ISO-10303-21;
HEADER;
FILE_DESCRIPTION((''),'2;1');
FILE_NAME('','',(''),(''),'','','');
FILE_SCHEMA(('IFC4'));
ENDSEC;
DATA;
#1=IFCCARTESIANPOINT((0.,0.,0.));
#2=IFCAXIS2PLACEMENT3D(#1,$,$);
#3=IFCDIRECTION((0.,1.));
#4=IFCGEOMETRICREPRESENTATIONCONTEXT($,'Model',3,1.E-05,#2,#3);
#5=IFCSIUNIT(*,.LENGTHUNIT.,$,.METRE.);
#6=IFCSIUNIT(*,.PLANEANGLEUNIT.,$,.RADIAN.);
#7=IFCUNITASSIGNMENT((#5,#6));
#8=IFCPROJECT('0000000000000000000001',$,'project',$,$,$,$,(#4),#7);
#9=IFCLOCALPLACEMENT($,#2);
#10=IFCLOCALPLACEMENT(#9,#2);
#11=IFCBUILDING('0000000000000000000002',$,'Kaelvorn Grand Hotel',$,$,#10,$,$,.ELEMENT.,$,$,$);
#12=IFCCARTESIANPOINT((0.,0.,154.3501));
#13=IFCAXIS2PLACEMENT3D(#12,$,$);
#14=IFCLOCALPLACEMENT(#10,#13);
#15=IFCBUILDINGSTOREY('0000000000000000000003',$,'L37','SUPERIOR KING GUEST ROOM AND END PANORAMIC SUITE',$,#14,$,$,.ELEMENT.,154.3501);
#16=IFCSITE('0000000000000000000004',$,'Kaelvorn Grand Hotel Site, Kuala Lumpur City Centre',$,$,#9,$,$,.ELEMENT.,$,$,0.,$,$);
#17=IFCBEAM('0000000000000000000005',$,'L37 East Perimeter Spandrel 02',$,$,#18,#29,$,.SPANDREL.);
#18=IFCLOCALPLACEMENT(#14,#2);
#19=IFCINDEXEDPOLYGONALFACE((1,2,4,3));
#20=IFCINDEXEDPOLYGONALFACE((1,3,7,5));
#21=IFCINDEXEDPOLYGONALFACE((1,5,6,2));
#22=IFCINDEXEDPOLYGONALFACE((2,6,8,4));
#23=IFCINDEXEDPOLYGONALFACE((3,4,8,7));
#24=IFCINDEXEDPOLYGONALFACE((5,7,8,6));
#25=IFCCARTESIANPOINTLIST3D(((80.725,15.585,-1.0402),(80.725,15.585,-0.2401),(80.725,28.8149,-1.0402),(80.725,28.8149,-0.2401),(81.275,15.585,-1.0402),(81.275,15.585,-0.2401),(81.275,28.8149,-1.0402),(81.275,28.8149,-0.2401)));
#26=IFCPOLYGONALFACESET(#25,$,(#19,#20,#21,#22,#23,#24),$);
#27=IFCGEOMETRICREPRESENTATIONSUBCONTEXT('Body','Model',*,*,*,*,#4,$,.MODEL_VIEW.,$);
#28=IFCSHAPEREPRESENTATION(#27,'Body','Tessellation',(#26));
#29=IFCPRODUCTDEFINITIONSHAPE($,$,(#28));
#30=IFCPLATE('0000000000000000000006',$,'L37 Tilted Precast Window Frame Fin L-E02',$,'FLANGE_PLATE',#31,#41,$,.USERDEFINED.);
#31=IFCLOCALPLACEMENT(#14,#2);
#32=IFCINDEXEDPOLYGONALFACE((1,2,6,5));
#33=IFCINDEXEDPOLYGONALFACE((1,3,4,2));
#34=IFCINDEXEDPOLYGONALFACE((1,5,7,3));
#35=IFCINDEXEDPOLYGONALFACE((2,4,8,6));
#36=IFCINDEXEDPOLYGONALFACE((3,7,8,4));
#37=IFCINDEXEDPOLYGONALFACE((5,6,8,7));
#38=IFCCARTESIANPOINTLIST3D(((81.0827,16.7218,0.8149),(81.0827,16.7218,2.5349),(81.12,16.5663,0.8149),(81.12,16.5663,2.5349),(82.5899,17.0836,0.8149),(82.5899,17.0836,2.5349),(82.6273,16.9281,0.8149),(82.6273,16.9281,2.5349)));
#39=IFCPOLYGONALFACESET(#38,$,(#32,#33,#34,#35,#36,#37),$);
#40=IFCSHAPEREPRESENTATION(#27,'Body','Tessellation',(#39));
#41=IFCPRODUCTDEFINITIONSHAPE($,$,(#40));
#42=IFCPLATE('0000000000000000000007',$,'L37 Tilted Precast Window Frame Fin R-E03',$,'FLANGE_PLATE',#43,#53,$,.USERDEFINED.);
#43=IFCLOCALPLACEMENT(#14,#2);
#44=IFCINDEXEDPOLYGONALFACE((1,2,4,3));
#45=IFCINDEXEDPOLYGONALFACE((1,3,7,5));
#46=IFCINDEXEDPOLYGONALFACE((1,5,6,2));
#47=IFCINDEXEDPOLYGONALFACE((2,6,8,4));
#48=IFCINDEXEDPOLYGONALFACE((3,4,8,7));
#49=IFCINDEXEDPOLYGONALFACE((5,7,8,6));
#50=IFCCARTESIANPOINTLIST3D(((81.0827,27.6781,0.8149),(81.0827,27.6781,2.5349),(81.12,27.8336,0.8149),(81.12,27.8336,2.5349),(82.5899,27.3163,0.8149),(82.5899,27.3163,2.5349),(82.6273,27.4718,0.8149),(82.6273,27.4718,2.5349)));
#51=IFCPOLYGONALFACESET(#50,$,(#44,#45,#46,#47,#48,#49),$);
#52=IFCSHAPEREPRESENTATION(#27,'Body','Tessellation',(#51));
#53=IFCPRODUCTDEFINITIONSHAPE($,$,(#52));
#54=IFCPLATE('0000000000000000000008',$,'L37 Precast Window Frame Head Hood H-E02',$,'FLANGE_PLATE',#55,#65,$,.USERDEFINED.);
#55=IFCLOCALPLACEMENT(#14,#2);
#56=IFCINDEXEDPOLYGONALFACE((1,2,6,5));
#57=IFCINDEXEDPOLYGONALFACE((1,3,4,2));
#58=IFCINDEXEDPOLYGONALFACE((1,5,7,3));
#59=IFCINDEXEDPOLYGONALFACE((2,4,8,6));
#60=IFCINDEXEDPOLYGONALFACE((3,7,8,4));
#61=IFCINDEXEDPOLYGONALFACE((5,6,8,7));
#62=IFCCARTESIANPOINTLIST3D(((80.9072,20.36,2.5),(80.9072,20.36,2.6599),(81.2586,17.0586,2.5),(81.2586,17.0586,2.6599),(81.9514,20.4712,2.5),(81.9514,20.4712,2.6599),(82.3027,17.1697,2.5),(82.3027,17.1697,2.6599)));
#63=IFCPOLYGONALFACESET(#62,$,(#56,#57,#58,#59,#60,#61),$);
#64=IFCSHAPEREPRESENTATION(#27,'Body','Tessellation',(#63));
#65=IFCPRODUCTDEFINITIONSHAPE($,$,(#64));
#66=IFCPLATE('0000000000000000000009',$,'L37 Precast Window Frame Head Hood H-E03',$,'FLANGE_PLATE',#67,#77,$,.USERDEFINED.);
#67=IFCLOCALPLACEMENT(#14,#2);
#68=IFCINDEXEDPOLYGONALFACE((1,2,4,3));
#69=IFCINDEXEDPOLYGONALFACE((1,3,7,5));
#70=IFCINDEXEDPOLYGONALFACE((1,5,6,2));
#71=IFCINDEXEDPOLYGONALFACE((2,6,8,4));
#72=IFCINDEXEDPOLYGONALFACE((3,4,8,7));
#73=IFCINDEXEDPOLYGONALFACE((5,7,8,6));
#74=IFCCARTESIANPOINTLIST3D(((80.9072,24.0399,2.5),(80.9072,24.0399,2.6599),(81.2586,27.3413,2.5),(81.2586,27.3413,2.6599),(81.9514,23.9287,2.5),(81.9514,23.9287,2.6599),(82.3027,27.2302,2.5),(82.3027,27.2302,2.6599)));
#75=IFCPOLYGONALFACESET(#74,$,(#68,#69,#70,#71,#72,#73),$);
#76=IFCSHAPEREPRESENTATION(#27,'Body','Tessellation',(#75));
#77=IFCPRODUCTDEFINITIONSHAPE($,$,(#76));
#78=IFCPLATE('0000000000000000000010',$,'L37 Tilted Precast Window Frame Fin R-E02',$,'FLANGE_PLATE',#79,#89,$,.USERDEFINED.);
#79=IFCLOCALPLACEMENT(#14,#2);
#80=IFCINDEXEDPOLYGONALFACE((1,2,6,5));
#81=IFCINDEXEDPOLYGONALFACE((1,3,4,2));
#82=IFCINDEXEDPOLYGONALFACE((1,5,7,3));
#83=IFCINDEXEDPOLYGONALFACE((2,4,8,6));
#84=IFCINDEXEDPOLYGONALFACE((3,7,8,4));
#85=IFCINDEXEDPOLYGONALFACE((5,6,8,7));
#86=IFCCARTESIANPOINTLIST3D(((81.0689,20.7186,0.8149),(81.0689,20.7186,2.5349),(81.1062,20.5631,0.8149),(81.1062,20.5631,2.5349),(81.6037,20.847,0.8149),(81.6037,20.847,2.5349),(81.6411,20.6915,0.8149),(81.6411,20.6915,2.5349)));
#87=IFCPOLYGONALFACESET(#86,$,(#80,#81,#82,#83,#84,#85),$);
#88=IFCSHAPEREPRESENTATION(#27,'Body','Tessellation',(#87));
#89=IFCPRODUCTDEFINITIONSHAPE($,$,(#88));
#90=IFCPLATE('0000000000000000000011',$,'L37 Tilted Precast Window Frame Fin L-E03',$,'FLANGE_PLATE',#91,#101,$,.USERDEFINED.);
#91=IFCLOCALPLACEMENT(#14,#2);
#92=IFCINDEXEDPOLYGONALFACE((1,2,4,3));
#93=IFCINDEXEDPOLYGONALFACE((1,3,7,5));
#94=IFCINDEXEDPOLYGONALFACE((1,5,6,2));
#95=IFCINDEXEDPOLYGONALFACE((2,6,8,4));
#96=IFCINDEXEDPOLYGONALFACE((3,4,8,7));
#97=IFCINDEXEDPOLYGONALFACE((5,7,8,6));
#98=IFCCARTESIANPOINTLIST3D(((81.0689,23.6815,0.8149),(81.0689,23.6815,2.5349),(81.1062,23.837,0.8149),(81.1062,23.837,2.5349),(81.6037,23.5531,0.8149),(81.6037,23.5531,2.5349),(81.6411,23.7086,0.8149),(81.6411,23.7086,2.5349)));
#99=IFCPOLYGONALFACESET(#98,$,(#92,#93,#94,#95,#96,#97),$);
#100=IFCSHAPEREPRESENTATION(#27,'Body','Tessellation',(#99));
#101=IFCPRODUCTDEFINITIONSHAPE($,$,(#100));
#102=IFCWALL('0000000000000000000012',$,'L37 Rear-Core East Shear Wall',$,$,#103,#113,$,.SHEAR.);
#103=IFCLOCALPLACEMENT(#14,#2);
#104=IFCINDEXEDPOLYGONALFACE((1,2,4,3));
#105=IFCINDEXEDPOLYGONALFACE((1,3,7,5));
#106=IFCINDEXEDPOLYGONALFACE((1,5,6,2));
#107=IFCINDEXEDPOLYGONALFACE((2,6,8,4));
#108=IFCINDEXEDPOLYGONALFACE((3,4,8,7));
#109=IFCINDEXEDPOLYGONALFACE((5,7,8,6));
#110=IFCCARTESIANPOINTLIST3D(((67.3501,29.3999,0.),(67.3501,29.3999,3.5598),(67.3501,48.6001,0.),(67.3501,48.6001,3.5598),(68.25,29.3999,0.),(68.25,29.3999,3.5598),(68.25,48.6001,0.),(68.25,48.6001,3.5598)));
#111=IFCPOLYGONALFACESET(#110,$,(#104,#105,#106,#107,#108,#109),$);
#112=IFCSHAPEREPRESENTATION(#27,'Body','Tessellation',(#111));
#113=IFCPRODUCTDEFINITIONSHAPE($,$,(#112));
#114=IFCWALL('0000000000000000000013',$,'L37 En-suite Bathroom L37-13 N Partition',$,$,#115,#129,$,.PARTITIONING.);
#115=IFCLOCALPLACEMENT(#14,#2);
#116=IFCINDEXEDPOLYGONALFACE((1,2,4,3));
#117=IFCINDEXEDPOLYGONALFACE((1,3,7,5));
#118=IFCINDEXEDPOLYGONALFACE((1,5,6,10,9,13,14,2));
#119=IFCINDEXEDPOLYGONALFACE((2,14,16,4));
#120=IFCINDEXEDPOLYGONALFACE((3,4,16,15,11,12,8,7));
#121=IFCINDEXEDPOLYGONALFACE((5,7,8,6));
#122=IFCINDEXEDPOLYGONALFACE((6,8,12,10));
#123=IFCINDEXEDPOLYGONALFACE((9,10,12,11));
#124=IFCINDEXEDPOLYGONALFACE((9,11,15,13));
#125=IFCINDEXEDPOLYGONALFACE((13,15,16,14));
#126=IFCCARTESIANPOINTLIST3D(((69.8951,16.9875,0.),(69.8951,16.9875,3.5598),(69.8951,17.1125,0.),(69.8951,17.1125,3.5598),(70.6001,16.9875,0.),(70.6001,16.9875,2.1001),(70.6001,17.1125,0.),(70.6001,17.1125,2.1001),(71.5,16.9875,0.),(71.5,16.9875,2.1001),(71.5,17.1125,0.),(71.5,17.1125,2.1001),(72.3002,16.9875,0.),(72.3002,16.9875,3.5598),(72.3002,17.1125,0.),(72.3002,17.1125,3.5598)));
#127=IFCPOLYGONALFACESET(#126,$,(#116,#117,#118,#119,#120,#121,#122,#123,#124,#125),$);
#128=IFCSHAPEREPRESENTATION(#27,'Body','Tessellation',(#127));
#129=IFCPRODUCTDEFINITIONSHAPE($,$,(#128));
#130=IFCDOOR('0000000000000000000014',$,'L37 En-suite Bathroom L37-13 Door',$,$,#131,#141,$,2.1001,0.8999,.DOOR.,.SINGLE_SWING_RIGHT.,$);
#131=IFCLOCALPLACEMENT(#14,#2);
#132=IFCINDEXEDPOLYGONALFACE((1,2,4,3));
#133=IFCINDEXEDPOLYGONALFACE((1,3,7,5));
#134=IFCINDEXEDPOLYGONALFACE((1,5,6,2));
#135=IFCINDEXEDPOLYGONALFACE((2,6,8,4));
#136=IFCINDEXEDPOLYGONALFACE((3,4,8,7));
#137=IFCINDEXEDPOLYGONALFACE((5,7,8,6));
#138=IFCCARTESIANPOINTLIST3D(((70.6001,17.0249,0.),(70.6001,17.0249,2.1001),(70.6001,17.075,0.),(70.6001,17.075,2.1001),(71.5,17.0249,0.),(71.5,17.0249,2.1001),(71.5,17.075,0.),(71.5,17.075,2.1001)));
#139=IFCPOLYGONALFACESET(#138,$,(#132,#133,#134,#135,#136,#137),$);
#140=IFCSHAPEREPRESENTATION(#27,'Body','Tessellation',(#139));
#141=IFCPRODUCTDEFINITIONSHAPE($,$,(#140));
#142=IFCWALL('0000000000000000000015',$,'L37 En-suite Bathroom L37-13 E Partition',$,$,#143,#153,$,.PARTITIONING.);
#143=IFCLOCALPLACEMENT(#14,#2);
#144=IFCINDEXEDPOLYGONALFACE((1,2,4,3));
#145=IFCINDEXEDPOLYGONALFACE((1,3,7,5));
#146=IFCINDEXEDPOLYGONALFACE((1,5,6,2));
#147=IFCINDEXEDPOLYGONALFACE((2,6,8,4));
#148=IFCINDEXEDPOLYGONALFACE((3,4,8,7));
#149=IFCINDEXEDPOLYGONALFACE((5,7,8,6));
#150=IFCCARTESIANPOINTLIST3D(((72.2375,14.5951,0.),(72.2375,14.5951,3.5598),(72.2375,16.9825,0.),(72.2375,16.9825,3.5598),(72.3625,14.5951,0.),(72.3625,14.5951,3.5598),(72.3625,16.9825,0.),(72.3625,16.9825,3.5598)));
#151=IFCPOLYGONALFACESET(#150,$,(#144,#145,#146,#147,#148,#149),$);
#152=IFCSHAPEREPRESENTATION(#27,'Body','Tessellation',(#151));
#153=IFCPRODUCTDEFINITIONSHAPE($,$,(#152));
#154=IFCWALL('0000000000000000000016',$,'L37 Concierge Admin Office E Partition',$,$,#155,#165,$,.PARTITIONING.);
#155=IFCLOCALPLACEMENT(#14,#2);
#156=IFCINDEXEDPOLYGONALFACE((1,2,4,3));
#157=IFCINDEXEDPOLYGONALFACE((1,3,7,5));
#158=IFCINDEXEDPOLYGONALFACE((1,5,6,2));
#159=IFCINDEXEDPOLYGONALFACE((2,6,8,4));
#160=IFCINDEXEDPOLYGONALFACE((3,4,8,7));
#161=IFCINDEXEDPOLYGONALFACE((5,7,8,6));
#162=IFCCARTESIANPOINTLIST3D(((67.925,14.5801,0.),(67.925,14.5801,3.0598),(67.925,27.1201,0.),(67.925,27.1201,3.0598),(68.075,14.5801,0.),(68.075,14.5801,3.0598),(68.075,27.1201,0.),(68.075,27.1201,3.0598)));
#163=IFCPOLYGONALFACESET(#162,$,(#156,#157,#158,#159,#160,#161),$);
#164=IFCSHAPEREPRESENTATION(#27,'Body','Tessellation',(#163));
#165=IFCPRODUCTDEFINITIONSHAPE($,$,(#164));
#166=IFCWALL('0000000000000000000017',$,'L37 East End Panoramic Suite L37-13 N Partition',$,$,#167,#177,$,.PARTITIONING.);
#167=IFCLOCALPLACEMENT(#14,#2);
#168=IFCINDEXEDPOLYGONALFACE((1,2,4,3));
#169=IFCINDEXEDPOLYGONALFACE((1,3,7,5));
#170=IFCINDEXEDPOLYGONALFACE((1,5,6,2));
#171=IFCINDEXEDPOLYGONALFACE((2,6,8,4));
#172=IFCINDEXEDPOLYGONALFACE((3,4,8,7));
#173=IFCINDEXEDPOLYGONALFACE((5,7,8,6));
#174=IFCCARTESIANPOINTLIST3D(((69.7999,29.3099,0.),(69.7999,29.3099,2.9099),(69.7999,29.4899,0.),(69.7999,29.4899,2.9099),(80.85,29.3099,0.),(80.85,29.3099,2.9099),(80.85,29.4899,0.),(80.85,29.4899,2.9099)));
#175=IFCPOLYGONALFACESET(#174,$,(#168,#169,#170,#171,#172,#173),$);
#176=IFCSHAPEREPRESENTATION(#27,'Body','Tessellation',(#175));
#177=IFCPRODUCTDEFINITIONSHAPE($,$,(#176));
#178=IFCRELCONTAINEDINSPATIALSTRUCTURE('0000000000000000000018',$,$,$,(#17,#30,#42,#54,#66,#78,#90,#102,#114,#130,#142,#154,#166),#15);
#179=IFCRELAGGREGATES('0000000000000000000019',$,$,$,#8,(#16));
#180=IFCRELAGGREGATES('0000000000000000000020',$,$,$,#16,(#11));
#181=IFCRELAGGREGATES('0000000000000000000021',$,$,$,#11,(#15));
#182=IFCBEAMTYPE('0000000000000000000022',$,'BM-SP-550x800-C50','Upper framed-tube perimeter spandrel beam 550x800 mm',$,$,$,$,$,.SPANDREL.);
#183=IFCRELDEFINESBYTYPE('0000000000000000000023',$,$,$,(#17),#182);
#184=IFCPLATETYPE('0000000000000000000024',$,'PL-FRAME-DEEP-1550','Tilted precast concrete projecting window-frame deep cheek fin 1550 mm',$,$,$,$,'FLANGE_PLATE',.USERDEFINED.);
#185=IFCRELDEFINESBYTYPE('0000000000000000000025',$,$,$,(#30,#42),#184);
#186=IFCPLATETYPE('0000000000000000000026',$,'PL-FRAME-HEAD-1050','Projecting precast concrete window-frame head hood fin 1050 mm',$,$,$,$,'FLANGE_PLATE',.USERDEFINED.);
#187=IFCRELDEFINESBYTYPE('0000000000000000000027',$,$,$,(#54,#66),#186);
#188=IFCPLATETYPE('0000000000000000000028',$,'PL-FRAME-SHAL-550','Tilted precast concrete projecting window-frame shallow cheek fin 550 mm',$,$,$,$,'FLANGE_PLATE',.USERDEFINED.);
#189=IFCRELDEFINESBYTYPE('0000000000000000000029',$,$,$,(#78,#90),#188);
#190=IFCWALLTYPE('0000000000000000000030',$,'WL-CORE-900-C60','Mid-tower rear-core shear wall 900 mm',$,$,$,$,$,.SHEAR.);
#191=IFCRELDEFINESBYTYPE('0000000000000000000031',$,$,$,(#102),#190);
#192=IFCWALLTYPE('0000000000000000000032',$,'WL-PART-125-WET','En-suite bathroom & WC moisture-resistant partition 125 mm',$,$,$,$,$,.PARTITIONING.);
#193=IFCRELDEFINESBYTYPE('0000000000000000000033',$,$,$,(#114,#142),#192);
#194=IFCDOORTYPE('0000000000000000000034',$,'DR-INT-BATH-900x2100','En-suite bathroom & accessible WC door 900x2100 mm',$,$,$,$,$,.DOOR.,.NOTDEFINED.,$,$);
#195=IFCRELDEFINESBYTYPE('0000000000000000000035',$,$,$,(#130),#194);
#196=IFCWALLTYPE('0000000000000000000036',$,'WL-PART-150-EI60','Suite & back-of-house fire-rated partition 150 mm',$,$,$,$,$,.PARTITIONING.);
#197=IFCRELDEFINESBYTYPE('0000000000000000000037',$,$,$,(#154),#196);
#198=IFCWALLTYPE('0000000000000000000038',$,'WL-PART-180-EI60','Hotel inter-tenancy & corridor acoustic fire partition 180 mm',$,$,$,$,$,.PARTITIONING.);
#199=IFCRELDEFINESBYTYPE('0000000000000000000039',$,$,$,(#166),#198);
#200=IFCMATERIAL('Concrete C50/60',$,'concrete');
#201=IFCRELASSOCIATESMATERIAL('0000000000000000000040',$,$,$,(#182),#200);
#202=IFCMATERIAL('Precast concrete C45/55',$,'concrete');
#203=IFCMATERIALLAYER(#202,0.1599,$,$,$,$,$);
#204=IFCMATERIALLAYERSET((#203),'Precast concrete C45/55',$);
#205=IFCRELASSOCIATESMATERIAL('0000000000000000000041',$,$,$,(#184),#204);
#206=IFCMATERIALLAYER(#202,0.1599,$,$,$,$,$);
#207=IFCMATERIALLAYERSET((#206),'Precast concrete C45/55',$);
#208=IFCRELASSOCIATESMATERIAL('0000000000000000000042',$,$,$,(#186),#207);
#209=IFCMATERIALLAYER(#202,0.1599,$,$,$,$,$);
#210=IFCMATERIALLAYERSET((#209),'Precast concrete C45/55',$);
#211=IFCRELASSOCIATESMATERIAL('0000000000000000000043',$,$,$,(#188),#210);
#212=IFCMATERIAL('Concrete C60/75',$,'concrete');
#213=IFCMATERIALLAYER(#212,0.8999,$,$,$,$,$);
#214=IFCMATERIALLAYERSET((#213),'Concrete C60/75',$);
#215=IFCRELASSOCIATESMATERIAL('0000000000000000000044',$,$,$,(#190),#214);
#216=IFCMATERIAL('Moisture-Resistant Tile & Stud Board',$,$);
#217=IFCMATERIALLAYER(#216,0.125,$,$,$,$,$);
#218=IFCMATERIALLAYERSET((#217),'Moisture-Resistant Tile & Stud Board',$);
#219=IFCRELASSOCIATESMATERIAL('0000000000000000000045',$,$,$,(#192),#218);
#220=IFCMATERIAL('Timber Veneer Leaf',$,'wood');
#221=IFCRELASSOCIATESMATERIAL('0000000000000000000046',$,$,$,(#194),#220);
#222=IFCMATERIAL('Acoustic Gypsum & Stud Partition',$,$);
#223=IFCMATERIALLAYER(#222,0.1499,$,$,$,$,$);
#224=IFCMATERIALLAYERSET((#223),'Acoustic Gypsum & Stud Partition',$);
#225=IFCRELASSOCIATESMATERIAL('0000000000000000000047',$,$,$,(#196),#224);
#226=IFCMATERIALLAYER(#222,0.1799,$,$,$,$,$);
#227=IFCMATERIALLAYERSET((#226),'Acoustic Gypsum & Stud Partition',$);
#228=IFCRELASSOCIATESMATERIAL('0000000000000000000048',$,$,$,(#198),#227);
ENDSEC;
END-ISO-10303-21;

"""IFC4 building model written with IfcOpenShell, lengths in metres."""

from ifc_helpers import new_model, si_unit, direction, frame, frame_2d, origin, origin_2d, place, context, subcontext, project, spatial, rectangle, extrude, material, layer, layer_set, material_profile, profile_set, type_object, element, fill, save


model = new_model("IFC4")

# Units and contexts
model_context = context("Model", 3, precision=1e-05, world=origin(), true_north=direction((0.0, 1.0)))
body_context = subcontext(model_context, "Body", "Model", "MODEL_VIEW")
ifc_project = project(units=[si_unit("LENGTHUNIT", "METRE"), si_unit("PLANEANGLEUNIT", "RADIAN")], contexts=[model_context])

# Site, building, storey
site_placement = place(None, origin())
site = spatial("IfcSite", under=ifc_project, at=site_placement, Name="Kaelvorn Grand Hotel Site, Kuala Lumpur City Centre", CompositionType="ELEMENT", RefElevation=0.0)
building_placement = place(site_placement, origin())
building = spatial("IfcBuilding", under=site, at=building_placement, Name="Kaelvorn Grand Hotel", CompositionType="ELEMENT")
storey_placement = place(building_placement, frame((0.0, 0.0, 154.3501)))
storey = spatial("IfcBuildingStorey", under=building, at=storey_placement, Name="L37", Description="SUPERIOR KING GUEST ROOM AND END PANORAMIC SUITE", CompositionType="ELEMENT", Elevation=154.3501)

# Shared definitions
ifc_material_1 = material(Name="Concrete C60/75", Category="concrete")

# Beam
ifc_material_2 = material(Name="Concrete C50/60", Category="concrete")
ifc_material_profile_1 = material_profile(ifc_material_2, rectangle(XDim=0.55, YDim=0.8, at=origin_2d()), Name="RC SPANDREL 550x800")
ifc_profile_set_1 = profile_set([ifc_material_profile_1], Name="Concrete C50/60")
beam_type_1 = type_object("IfcBeamType", Name="BM-SP-550x800-C50", Description="Upper framed-tube perimeter spandrel beam 550x800 mm", PredefinedType="SPANDREL", material=ifc_profile_set_1)
beam_1_placement = place(storey_placement, frame((81.0, 15.585, -0.6401), z_axis=(0.0, 1.0, 0.0), x_axis=(-1.0, 0.0, 0.0)))
element("IfcBeam", 1, at=beam_1_placement, inside=storey, type_object=beam_type_1, Name="L37 East Perimeter Spandrel 02", PredefinedType="SPANDREL", context=body_context, shape_type="SweptSolid", body=[
    extrude(rectangle(XDim=0.55, YDim=0.8, at=origin_2d()), origin(), (0.0, 0.0, 1.0), 13.23),
])

# Plates
ifc_material_3 = material(Name="Precast concrete C45/55", Category="concrete")
ifc_layer_1 = layer(ifc_material_3, 0.1599)
ifc_layer_set_1 = layer_set([ifc_layer_1], Name="Precast concrete C45/55")
plate_type_1 = type_object("IfcPlateType", Name="PL-FRAME-DEEP-1550", Description="Tilted precast concrete projecting window-frame deep cheek fin 1550 mm", ElementType="FLANGE_PLATE", PredefinedType="USERDEFINED", material=ifc_layer_set_1)
for number, where, z_axis, x_axis, name in (
    (2, (81.855, 16.825, 0.8149), (0.0, 0.0, 1.0), (-0.233445, 0.97237, 0.0), "L37 Tilted Precast Window Frame Fin L-E02"),
    (3, (81.855, 27.575, 0.8149), (0.0, 0.0, 1.0), (0.233445, 0.97237, 0.0), "L37 Tilted Precast Window Frame Fin R-E03"),
):
    element("IfcPlate", number, at=place(storey_placement, frame(where, z_axis=z_axis, x_axis=x_axis)), inside=storey, type_object=plate_type_1, Name=name, ObjectType="FLANGE_PLATE", PredefinedType="USERDEFINED", context=body_context, shape_type="SweptSolid", body=[
        extrude(rectangle(XDim=0.1599, YDim=1.55, at=origin_2d()), origin(), (0.0, 0.0, 1.0), 1.72),
    ])
ifc_layer_2 = layer(ifc_material_3, 0.1599)
ifc_layer_set_2 = layer_set([ifc_layer_2], Name="Precast concrete C45/55")
plate_type_2 = type_object("IfcPlateType", Name="PL-FRAME-HEAD-1050", Description="Projecting precast concrete window-frame head hood fin 1050 mm", ElementType="FLANGE_PLATE", PredefinedType="USERDEFINED", material=ifc_layer_set_2)
for number, where, z_axis, x_axis, name in (
    (4, (81.605, 18.7649, 2.5), (0.0, 0.0, 1.0), (-0.10583, 0.994384, 0.0), "L37 Precast Window Frame Head Hood H-E02"),
    (5, (81.605, 25.635, 2.5), (0.0, 0.0, 1.0), (0.10583, 0.994384, 0.0), "L37 Precast Window Frame Head Hood H-E03"),
):
    element("IfcPlate", number, at=place(storey_placement, frame(where, z_axis=z_axis, x_axis=x_axis)), inside=storey, type_object=plate_type_2, Name=name, ObjectType="FLANGE_PLATE", PredefinedType="USERDEFINED", context=body_context, shape_type="SweptSolid", body=[
        extrude(rectangle(XDim=3.3201, YDim=1.05, at=origin_2d()), origin(), (0.0, 0.0, 1.0), 0.1599),
    ])
ifc_layer_3 = layer(ifc_material_3, 0.1599)
ifc_layer_set_3 = layer_set([ifc_layer_3], Name="Precast concrete C45/55")
plate_type_3 = type_object("IfcPlateType", Name="PL-FRAME-SHAL-550", Description="Tilted precast concrete projecting window-frame shallow cheek fin 550 mm", ElementType="FLANGE_PLATE", PredefinedType="USERDEFINED", material=ifc_layer_set_3)
for number, where, z_axis, x_axis, name in (
    (6, (81.355, 20.7051, 0.8149), (0.0, 0.0, 1.0), (-0.233445, 0.97237, 0.0), "L37 Tilted Precast Window Frame Fin R-E02"),
    (7, (81.355, 23.6951, 0.8149), (0.0, 0.0, 1.0), (0.233445, 0.97237, 0.0), "L37 Tilted Precast Window Frame Fin L-E03"),
):
    element("IfcPlate", number, at=place(storey_placement, frame(where, z_axis=z_axis, x_axis=x_axis)), inside=storey, type_object=plate_type_3, Name=name, ObjectType="FLANGE_PLATE", PredefinedType="USERDEFINED", context=body_context, shape_type="SweptSolid", body=[
        extrude(rectangle(XDim=0.1599, YDim=0.55, at=origin_2d()), origin(), (0.0, 0.0, 1.0), 1.72),
    ])

# Wall
ifc_layer_4 = layer(ifc_material_1, 0.8999)
ifc_layer_set_4 = layer_set([ifc_layer_4], Name="Concrete C60/75")
wall_type_1 = type_object("IfcWallType", Name="WL-CORE-900-C60", Description="Mid-tower rear-core shear wall 900 mm", PredefinedType="SHEAR", material=ifc_layer_set_4)
wall_1_placement = place(storey_placement, frame((67.8, 29.3999, 0.0), z_axis=(0.0, 0.0, 1.0), x_axis=(0.0, 1.0, 0.0)))
element("IfcWall", 8, at=wall_1_placement, inside=storey, type_object=wall_type_1, Name="L37 Rear-Core East Shear Wall", PredefinedType="SHEAR", context=body_context, shape_type="SweptSolid", body=[
    extrude(rectangle(XDim=19.2002, YDim=0.8999, at=frame_2d((9.6001, 0.0))), origin(), (0.0, 0.0, 1.0), 3.5598),
])

# Wall, opening, door
ifc_material_4 = material(Name="Moisture-Resistant Tile & Stud Board")
ifc_layer_5 = layer(ifc_material_4, 0.125)
ifc_layer_set_5 = layer_set([ifc_layer_5], Name="Moisture-Resistant Tile & Stud Board")
wall_type_2 = type_object("IfcWallType", Name="WL-PART-125-WET", Description="En-suite bathroom & WC moisture-resistant partition 125 mm", PredefinedType="PARTITIONING", material=ifc_layer_set_5)
wall_2_placement = place(storey_placement, frame((69.895, 17.05, 0.0), z_axis=(0.0, 0.0, 1.0), x_axis=(1.0, 0.0, 0.0)))
wall_2 = element("IfcWall", 9, at=wall_2_placement, inside=storey, type_object=wall_type_2, Name="L37 En-suite Bathroom L37-13 N Partition", PredefinedType="PARTITIONING", context=body_context, shape_type="SweptSolid", body=[
    extrude(rectangle(XDim=2.405, YDim=0.125, at=frame_2d((1.2026, 0.0))), origin(), (0.0, 0.0, 1.0), 3.5598),
])
opening_1_placement = place(wall_2_placement, frame((0.7051, 0.0, 0.0)))
opening_1 = element("IfcOpeningElement", 10, at=opening_1_placement, cuts=wall_2, PredefinedType="OPENING", context=body_context, shape_type="SweptSolid", body=[
    extrude(rectangle(XDim=0.8999, YDim=2.1001, at=frame_2d((0.45, 1.05))), frame((0.0, 0.0725, 0.0), z_axis=(0.0, -1.0, 0.0), x_axis=(1.0, 0.0, 0.0)), (0.0, 0.0, 1.0), 0.145),
])
ifc_material_5 = material(Name="Timber Veneer Leaf", Category="wood")
door_type_1 = type_object("IfcDoorType", Name="DR-INT-BATH-900x2100", Description="En-suite bathroom & accessible WC door 900x2100 mm", OperationType="NOTDEFINED", PredefinedType="DOOR", material=ifc_material_5)
door_1_placement = place(opening_1_placement, origin())
door_1 = element("IfcDoor", 11, at=door_1_placement, inside=storey, type_object=door_type_1, Name="L37 En-suite Bathroom L37-13 Door", OperationType="SINGLE_SWING_RIGHT", OverallHeight=2.1001, OverallWidth=0.8999, PredefinedType="DOOR", context=body_context, shape_type="SweptSolid", body=[
    extrude(rectangle(XDim=0.8999, YDim=2.1001, at=frame_2d((0.45, 1.05))), frame((0.0, 0.0249, 0.0), z_axis=(0.0, -1.0, 0.0), x_axis=(1.0, 0.0, 0.0)), (0.0, 0.0, 1.0), 0.05),
])
fill(opening_1, door_1)

# Walls
wall_3_placement = place(storey_placement, frame((72.3, 14.595, 0.0), z_axis=(0.0, 0.0, 1.0), x_axis=(0.0, 1.0, 0.0)))
element("IfcWall", 12, at=wall_3_placement, inside=storey, type_object=wall_type_2, Name="L37 En-suite Bathroom L37-13 E Partition", PredefinedType="PARTITIONING", context=body_context, shape_type="SweptSolid", body=[
    extrude(rectangle(XDim=2.3875, YDim=0.125, at=frame_2d((1.1938, 0.0))), origin(), (0.0, 0.0, 1.0), 3.5598),
])
ifc_material_6 = material(Name="Acoustic Gypsum & Stud Partition")
ifc_layer_6 = layer(ifc_material_6, 0.1499)
ifc_layer_set_6 = layer_set([ifc_layer_6], Name="Acoustic Gypsum & Stud Partition")
wall_type_3 = type_object("IfcWallType", Name="WL-PART-150-EI60", Description="Suite & back-of-house fire-rated partition 150 mm", PredefinedType="PARTITIONING", material=ifc_layer_set_6)
wall_4_placement = place(storey_placement, frame((68.0, 14.5801, 0.0), z_axis=(0.0, 0.0, 1.0), x_axis=(0.0, 1.0, 0.0)))
element("IfcWall", 13, at=wall_4_placement, inside=storey, type_object=wall_type_3, Name="L37 Concierge Admin Office E Partition", PredefinedType="PARTITIONING", context=body_context, shape_type="SweptSolid", body=[
    extrude(rectangle(XDim=12.54, YDim=0.1499, at=frame_2d((6.27, 0.0))), origin(), (0.0, 0.0, 1.0), 3.0598),
])
ifc_layer_7 = layer(ifc_material_6, 0.1799)
ifc_layer_set_7 = layer_set([ifc_layer_7], Name="Acoustic Gypsum & Stud Partition")
wall_type_4 = type_object("IfcWallType", Name="WL-PART-180-EI60", Description="Hotel inter-tenancy & corridor acoustic fire partition 180 mm", PredefinedType="PARTITIONING", material=ifc_layer_set_7)
wall_5_placement = place(storey_placement, frame((69.8, 29.3999, 0.0), z_axis=(0.0, 0.0, 1.0), x_axis=(1.0, 0.0, 0.0)))
element("IfcWall", 14, at=wall_5_placement, inside=storey, type_object=wall_type_4, Name="L37 East End Panoramic Suite L37-13 N Partition", PredefinedType="PARTITIONING", context=body_context, shape_type="SweptSolid", body=[
    extrude(rectangle(XDim=11.05, YDim=0.1799, at=frame_2d((5.5249, 0.0))), origin(), (0.0, 0.0, 1.0), 2.9099),
])

save(model, "model.ifc")
